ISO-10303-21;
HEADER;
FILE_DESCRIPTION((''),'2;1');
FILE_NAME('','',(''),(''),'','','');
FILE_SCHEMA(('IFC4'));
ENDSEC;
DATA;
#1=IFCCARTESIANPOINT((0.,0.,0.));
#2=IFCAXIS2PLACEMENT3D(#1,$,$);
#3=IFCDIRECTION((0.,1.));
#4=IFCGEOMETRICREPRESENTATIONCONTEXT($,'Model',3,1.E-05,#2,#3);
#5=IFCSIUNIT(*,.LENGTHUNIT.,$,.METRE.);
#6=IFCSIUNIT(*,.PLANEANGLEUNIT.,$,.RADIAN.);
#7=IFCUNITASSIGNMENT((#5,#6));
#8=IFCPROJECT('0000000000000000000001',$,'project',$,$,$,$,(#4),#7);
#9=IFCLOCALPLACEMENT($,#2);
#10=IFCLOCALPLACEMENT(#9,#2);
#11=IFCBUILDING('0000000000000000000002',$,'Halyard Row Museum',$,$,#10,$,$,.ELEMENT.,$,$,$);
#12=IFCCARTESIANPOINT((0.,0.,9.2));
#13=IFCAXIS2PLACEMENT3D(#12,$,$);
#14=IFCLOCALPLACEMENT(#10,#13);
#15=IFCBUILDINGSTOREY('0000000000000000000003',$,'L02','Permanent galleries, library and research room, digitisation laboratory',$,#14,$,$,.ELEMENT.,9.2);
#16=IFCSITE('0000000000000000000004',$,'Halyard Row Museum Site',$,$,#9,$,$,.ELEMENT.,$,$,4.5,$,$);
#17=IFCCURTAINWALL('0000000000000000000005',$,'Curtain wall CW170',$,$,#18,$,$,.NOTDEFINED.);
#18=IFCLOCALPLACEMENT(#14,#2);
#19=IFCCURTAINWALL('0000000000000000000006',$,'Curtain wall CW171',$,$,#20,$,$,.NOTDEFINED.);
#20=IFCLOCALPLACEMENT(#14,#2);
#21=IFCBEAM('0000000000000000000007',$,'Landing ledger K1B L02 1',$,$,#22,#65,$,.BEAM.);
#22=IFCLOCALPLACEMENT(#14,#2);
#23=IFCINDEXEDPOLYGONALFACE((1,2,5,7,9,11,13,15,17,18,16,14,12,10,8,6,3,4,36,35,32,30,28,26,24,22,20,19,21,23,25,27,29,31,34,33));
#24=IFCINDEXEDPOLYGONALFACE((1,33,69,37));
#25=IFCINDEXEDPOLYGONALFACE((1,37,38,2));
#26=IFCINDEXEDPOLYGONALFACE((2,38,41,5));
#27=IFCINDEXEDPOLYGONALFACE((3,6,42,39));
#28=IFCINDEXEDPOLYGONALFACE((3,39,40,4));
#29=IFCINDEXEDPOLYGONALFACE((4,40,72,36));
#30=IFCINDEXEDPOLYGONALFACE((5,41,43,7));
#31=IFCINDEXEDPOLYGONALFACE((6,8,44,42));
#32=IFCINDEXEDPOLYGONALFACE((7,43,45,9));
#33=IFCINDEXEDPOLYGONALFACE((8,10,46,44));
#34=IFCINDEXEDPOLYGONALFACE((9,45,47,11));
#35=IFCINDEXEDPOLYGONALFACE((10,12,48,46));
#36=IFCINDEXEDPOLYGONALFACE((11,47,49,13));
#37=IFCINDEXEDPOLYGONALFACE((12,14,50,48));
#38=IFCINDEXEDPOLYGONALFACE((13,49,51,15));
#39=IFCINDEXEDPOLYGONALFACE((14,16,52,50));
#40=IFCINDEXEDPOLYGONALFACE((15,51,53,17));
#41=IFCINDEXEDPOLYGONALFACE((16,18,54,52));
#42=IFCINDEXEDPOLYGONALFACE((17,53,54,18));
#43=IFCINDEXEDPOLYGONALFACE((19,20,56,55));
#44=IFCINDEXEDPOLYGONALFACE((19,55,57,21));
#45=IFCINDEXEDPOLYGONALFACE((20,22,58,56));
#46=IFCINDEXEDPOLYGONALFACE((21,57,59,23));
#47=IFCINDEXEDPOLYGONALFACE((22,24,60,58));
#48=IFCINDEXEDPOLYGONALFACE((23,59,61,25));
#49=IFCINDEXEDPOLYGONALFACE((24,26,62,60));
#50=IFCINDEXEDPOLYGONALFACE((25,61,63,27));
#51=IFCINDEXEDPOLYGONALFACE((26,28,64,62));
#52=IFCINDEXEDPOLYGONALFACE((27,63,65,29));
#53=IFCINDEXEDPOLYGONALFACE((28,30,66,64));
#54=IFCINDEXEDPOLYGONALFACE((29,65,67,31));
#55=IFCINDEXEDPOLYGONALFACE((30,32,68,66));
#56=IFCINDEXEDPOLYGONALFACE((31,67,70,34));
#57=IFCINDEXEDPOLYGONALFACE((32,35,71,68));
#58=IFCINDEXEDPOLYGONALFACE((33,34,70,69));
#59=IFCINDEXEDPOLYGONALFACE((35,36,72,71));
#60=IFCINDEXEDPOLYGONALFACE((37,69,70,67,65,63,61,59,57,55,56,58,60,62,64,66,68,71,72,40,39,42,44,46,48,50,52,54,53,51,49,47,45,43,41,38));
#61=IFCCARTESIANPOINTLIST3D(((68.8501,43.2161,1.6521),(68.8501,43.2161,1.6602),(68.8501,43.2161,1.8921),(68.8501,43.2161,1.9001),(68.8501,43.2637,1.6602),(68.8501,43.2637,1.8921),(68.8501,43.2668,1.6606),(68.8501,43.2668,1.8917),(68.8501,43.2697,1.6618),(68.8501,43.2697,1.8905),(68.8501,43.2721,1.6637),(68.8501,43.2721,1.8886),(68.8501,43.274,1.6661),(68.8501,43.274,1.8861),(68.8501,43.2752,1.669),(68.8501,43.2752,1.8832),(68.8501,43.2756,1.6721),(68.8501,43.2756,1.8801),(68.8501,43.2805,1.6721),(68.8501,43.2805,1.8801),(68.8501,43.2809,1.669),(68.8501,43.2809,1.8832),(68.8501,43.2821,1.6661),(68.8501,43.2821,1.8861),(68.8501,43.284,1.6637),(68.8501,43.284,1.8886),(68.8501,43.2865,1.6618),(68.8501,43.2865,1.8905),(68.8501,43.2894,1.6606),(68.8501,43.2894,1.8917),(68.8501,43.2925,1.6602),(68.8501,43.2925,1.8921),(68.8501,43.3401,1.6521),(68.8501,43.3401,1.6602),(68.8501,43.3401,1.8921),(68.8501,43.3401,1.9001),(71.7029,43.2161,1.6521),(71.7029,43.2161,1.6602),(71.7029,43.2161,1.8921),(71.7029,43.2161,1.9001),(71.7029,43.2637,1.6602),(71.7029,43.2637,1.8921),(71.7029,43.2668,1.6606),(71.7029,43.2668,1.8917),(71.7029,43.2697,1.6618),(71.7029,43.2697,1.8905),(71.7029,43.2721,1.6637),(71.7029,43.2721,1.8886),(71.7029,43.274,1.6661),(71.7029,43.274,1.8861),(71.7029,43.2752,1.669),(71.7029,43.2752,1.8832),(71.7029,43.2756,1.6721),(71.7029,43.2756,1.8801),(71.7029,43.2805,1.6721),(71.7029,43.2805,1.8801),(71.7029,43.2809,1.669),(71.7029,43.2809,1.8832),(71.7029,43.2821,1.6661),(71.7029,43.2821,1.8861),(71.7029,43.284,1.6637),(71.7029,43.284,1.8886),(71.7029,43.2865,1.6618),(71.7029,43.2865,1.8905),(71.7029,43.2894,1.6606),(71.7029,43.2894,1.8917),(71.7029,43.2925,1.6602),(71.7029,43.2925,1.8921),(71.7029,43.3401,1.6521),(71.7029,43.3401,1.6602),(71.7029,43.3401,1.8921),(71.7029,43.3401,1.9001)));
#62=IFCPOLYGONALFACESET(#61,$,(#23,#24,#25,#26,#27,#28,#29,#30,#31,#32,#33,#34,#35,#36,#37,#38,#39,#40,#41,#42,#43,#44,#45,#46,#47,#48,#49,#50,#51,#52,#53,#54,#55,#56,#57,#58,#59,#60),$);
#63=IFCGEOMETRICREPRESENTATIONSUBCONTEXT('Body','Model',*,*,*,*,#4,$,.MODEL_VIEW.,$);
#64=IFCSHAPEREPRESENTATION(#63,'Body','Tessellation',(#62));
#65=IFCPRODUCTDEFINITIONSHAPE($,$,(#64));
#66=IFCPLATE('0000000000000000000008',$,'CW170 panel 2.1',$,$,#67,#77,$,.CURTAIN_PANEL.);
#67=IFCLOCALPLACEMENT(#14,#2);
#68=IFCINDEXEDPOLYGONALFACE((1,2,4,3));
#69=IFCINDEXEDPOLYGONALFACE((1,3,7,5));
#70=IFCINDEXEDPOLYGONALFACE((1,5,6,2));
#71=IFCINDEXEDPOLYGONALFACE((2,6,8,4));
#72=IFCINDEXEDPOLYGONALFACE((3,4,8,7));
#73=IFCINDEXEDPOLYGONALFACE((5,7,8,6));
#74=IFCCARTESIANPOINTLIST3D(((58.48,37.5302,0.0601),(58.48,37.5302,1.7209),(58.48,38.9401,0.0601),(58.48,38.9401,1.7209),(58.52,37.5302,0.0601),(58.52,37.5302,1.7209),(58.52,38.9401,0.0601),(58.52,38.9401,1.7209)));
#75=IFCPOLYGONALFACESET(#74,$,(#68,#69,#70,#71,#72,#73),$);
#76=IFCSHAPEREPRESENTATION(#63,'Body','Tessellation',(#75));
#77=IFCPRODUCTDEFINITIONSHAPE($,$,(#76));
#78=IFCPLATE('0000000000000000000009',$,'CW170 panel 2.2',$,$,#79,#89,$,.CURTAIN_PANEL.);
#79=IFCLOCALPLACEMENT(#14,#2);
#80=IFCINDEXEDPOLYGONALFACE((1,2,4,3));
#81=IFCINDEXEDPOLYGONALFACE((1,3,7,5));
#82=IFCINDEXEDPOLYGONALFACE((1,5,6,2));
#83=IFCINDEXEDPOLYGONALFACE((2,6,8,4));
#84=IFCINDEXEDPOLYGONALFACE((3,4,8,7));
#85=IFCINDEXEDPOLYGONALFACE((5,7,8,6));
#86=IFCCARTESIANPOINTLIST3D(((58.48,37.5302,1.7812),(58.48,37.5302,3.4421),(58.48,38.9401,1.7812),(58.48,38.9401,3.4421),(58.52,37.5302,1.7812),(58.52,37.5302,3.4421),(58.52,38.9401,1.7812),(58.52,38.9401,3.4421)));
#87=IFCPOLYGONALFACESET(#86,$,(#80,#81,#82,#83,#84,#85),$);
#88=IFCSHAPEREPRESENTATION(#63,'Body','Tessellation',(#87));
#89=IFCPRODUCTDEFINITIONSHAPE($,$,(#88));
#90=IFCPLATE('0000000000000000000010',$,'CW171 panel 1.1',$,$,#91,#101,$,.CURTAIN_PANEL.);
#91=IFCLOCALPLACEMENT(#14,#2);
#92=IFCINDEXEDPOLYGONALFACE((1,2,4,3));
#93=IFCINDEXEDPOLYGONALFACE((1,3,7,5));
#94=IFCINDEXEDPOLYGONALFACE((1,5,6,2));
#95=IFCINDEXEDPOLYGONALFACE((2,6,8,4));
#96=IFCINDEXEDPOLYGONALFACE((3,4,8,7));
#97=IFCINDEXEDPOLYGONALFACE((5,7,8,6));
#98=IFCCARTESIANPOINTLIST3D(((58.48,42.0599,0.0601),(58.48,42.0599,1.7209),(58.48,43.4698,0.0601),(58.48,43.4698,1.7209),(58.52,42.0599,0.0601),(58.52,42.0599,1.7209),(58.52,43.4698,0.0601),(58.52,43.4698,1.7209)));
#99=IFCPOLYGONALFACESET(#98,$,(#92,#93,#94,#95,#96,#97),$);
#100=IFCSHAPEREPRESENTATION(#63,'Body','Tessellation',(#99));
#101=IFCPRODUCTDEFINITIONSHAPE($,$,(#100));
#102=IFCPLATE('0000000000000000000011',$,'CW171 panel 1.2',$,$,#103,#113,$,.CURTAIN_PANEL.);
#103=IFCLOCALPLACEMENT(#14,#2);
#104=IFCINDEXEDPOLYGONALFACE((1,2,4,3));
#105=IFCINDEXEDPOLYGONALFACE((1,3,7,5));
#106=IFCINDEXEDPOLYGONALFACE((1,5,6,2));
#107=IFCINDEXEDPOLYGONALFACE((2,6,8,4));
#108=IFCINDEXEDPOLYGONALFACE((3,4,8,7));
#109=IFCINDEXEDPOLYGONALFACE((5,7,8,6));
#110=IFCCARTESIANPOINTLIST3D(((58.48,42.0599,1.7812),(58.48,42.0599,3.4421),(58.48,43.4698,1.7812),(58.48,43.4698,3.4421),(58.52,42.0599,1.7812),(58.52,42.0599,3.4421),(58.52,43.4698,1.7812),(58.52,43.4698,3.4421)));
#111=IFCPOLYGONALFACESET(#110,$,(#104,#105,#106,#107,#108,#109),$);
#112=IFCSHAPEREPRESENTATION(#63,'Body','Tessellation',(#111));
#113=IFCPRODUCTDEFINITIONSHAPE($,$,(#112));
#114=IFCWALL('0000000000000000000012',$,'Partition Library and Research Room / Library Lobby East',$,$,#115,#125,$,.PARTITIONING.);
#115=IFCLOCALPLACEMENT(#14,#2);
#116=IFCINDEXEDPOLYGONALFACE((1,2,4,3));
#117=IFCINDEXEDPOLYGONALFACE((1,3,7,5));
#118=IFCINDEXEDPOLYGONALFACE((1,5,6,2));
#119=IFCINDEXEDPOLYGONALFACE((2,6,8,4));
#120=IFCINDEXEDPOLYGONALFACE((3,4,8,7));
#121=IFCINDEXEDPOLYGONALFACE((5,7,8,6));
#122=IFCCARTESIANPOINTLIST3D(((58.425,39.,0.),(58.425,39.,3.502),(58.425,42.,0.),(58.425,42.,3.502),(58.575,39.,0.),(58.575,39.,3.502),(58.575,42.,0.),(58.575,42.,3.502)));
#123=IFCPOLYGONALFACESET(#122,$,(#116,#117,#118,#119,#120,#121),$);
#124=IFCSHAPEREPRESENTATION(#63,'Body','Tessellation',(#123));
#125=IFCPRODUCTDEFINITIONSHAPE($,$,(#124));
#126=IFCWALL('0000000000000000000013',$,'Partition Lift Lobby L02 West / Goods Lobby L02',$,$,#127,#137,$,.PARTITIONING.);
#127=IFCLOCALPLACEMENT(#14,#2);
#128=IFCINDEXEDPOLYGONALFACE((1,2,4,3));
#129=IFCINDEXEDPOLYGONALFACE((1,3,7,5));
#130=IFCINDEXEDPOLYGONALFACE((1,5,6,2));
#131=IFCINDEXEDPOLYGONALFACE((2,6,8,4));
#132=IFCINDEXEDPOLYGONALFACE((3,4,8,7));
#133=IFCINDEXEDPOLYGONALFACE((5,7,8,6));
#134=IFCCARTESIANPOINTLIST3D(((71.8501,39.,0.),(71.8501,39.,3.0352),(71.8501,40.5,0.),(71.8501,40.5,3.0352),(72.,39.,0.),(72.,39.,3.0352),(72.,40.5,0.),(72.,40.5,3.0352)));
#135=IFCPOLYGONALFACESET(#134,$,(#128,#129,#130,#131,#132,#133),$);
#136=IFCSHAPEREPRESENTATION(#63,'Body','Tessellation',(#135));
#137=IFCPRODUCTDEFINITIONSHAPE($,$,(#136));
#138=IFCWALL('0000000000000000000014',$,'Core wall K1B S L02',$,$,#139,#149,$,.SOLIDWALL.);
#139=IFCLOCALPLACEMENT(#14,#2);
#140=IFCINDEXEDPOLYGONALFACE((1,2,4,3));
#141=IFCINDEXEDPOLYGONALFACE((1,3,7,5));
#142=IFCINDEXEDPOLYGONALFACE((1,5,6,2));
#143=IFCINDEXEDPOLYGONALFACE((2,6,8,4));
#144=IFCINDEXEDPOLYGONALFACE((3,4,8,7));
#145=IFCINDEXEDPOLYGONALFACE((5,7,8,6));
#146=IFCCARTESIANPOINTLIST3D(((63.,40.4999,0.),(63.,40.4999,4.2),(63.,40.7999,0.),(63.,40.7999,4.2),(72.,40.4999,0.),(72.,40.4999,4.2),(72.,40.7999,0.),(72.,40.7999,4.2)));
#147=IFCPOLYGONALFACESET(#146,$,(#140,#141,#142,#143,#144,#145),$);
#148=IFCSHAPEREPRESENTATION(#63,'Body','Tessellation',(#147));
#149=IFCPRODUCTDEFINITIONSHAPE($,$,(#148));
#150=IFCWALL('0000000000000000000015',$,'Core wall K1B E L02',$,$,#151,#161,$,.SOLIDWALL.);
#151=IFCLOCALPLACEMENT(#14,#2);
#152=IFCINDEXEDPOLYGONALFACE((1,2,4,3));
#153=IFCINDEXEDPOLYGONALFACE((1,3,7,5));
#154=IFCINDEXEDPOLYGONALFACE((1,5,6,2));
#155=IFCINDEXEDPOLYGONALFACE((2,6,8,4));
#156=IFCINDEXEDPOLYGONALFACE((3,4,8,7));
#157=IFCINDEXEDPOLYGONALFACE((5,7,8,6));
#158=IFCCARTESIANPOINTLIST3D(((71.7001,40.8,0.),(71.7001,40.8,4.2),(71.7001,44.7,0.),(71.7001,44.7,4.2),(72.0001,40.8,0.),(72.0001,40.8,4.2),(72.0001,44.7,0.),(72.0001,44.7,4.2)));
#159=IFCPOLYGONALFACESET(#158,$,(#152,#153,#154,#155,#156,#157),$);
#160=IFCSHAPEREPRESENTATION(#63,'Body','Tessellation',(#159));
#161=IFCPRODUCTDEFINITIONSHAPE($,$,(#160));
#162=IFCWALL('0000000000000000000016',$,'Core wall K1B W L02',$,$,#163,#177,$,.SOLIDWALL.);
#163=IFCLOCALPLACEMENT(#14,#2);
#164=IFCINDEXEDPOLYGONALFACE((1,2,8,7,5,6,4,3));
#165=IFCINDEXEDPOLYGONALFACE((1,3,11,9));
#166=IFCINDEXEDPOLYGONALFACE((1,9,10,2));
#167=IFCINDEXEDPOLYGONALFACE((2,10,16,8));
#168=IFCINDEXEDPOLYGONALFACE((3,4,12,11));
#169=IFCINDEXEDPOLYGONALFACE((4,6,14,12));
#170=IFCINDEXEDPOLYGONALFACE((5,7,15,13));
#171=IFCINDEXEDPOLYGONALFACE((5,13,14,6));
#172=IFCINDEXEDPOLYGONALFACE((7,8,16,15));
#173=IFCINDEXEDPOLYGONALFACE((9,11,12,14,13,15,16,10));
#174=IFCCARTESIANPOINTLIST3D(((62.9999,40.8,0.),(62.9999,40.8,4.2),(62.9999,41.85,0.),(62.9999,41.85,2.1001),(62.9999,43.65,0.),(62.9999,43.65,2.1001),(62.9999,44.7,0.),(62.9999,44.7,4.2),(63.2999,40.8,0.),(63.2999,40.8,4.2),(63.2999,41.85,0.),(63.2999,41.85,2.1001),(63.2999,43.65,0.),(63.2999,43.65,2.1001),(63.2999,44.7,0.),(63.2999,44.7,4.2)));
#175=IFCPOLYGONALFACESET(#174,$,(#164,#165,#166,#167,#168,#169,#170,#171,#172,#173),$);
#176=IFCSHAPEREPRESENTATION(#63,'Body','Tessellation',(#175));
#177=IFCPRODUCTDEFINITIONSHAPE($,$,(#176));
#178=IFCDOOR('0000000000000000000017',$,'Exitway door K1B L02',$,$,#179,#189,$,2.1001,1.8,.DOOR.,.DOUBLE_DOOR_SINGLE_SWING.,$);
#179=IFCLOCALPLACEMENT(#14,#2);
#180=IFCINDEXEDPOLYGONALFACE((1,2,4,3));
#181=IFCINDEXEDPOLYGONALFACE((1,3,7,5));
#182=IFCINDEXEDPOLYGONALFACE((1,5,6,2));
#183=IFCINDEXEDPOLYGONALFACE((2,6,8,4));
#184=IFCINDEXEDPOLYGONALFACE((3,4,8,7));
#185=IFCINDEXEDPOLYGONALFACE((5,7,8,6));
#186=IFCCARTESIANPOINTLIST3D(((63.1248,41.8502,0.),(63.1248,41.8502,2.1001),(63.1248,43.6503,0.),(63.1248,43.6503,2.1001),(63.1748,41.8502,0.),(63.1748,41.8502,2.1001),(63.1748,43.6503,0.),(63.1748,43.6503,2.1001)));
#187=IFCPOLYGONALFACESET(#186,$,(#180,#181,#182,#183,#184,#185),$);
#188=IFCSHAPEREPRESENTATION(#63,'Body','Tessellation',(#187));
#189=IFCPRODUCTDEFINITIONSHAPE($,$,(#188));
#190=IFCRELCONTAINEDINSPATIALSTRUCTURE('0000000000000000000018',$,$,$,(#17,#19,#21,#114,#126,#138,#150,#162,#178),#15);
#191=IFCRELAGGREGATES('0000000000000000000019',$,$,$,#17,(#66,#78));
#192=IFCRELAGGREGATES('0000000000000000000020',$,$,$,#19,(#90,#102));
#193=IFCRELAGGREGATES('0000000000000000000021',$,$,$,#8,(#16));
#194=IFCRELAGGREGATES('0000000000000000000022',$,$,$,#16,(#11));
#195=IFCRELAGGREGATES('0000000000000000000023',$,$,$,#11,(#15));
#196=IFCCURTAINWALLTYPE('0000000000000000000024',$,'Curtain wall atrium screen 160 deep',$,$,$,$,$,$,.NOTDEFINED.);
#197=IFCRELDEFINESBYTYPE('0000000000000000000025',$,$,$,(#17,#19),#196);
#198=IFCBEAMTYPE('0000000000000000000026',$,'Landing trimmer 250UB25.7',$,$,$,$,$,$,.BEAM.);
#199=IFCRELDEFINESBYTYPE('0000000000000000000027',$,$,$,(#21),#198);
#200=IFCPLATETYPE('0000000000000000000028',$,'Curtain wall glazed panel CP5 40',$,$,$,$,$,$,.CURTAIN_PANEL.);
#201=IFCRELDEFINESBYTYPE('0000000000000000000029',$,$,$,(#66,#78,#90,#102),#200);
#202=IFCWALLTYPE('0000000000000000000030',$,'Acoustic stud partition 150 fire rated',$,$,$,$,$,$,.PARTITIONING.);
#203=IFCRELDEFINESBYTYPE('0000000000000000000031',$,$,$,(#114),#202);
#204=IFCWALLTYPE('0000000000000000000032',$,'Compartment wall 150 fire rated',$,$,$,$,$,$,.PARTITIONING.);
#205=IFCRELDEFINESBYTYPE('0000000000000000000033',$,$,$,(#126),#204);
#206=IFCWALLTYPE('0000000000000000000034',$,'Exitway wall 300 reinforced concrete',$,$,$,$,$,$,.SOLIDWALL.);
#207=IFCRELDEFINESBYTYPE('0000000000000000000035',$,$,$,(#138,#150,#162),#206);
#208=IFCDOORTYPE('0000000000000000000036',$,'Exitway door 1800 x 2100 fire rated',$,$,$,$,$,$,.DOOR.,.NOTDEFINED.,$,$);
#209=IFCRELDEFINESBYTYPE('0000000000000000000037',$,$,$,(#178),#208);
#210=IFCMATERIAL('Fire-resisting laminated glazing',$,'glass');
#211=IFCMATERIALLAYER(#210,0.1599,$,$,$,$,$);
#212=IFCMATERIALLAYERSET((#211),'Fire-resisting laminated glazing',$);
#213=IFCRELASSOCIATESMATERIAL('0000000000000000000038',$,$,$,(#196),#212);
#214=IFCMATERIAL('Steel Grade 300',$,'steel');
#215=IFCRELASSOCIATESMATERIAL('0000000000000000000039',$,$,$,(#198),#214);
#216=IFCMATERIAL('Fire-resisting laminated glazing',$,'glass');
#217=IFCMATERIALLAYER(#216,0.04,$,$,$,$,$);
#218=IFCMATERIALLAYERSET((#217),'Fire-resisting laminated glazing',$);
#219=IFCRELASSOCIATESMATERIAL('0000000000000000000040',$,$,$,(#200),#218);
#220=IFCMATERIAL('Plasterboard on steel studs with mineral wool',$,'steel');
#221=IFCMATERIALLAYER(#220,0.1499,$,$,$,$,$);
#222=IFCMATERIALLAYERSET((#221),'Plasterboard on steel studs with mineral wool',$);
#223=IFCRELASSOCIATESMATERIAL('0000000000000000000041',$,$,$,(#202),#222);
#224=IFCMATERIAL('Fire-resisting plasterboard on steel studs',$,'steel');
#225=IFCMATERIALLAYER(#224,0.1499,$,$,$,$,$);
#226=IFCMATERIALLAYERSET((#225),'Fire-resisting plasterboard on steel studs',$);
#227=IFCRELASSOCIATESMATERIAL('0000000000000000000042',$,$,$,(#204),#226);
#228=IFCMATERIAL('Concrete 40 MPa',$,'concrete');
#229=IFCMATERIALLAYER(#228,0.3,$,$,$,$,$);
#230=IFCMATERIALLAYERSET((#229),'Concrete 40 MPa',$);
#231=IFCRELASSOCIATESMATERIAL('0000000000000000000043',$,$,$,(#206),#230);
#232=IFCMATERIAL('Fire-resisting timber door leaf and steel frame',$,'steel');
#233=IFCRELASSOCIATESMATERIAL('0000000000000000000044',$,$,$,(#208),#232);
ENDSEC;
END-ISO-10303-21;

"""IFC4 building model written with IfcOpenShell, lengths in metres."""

from ifc_helpers import new_model, si_unit, direction, frame, frame_2d, origin, origin_2d, place, context, subcontext, project, spatial, rectangle, i_section, extrude, material, layer, layer_set, material_profile, profile_set, type_object, element, fill, aggregate, save


model = new_model("IFC4")

# Units and contexts
model_context = context("Model", 3, precision=1e-05, world=origin(), true_north=direction((0.0, 1.0)))
body_context = subcontext(model_context, "Body", "Model", "MODEL_VIEW")
ifc_project = project(units=[si_unit("LENGTHUNIT", "METRE"), si_unit("PLANEANGLEUNIT", "RADIAN")], contexts=[model_context])

# Site, building, storey
site_placement = place(None, origin())
site = spatial("IfcSite", under=ifc_project, at=site_placement, Name="Halyard Row Museum Site", CompositionType="ELEMENT", RefElevation=4.5)
building_placement = place(site_placement, origin())
building = spatial("IfcBuilding", under=site, at=building_placement, Name="Halyard Row Museum", CompositionType="ELEMENT")
storey_placement = place(building_placement, frame((0.0, 0.0, 9.2)))
storey = spatial("IfcBuildingStorey", under=building, at=storey_placement, Name="L02", Description="Permanent galleries, library and research room, digitisation laboratory", CompositionType="ELEMENT", Elevation=9.2)

# Curtain walls
ifc_material_1 = material(Name="Fire-resisting laminated glazing", Category="glass")
ifc_layer_1 = layer(ifc_material_1, 0.1599)
ifc_layer_set_1 = layer_set([ifc_layer_1], Name="Fire-resisting laminated glazing")
curtain_wall_type = type_object("IfcCurtainWallType", Name="Curtain wall atrium screen 160 deep", PredefinedType="NOTDEFINED", material=ifc_layer_set_1)
curtain_wall_1_placement = place(storey_placement, origin())
curtain_wall_1 = element("IfcCurtainWall", 1, at=curtain_wall_1_placement, inside=storey, type_object=curtain_wall_type, Name="Curtain wall CW170", PredefinedType="NOTDEFINED")
curtain_wall_2_placement = place(storey_placement, origin())
curtain_wall_2 = element("IfcCurtainWall", 2, at=curtain_wall_2_placement, inside=storey, type_object=curtain_wall_type, Name="Curtain wall CW171", PredefinedType="NOTDEFINED")

# Beam
ifc_material_2 = material(Name="Steel Grade 300", Category="steel")
ifc_material_profile_1 = material_profile(ifc_material_2, i_section(OverallWidth=0.124, OverallDepth=0.248, WebThickness=0.0049, FlangeThickness=0.0081, FilletRadius=0.012, at=origin_2d()), Name="250UB25.7")
ifc_profile_set_1 = profile_set([ifc_material_profile_1], Name="Steel Grade 300")
beam_type = type_object("IfcBeamType", Name="Landing trimmer 250UB25.7", PredefinedType="BEAM", material=ifc_profile_set_1)
beam_placement = place(storey_placement, frame((71.7029, 43.2781, 1.7761), z_axis=(-1.0, 0.0, 0.0), x_axis=(0.0, -1.0, 0.0)))
element("IfcBeam", 3, at=beam_placement, inside=storey, type_object=beam_type, Name="Landing ledger K1B L02 1", PredefinedType="BEAM", context=body_context, shape_type="SweptSolid", body=[
    extrude(i_section(OverallWidth=0.124, OverallDepth=0.248, WebThickness=0.0049, FlangeThickness=0.0081, FilletRadius=0.012, at=origin_2d()), origin(), (0.0, 0.0, 1.0), 2.8528),
])

# Plates
ifc_material_3 = material(Name="Fire-resisting laminated glazing", Category="glass")
ifc_layer_2 = layer(ifc_material_3, 0.04)
ifc_layer_set_2 = layer_set([ifc_layer_2], Name="Fire-resisting laminated glazing")
plate_type = type_object("IfcPlateType", Name="Curtain wall glazed panel CP5 40", PredefinedType="CURTAIN_PANEL", material=ifc_layer_set_2)
plate_1_placement = place(storey_placement, frame((58.5, 38.2351, 0.0601), z_axis=(0.0, 0.0, 1.0), x_axis=(0.0, 1.0, 0.0)))
plate_1 = element("IfcPlate", 4, at=plate_1_placement, type_object=plate_type, Name="CW170 panel 2.1", PredefinedType="CURTAIN_PANEL", context=body_context, shape_type="SweptSolid", body=[
    extrude(rectangle(XDim=1.4099, YDim=0.04, at=origin_2d()), origin(), (0.0, 0.0, 1.0), 1.6609),
])
plate_2_placement = place(storey_placement, frame((58.5, 38.2351, 1.7812), z_axis=(0.0, 0.0, 1.0), x_axis=(0.0, 1.0, 0.0)))
plate_2 = element("IfcPlate", 5, at=plate_2_placement, type_object=plate_type, Name="CW170 panel 2.2", PredefinedType="CURTAIN_PANEL", context=body_context, shape_type="SweptSolid", body=[
    extrude(rectangle(XDim=1.4099, YDim=0.04, at=origin_2d()), origin(), (0.0, 0.0, 1.0), 1.6609),
])
aggregate(curtain_wall_1, [plate_1, plate_2])
plate_3_placement = place(storey_placement, frame((58.5, 42.7649, 0.0601), z_axis=(0.0, 0.0, 1.0), x_axis=(0.0, 1.0, 0.0)))
plate_3 = element("IfcPlate", 6, at=plate_3_placement, type_object=plate_type, Name="CW171 panel 1.1", PredefinedType="CURTAIN_PANEL", context=body_context, shape_type="SweptSolid", body=[
    extrude(rectangle(XDim=1.4099, YDim=0.04, at=origin_2d()), origin(), (0.0, 0.0, 1.0), 1.6609),
])
plate_4_placement = place(storey_placement, frame((58.5, 42.7649, 1.7812), z_axis=(0.0, 0.0, 1.0), x_axis=(0.0, 1.0, 0.0)))
plate_4 = element("IfcPlate", 7, at=plate_4_placement, type_object=plate_type, Name="CW171 panel 1.2", PredefinedType="CURTAIN_PANEL", context=body_context, shape_type="SweptSolid", body=[
    extrude(rectangle(XDim=1.4099, YDim=0.04, at=origin_2d()), origin(), (0.0, 0.0, 1.0), 1.6609),
])
aggregate(curtain_wall_2, [plate_3, plate_4])

# Walls
ifc_material_4 = material(Name="Plasterboard on steel studs with mineral wool", Category="steel")
ifc_layer_3 = layer(ifc_material_4, 0.1499)
ifc_layer_set_3 = layer_set([ifc_layer_3], Name="Plasterboard on steel studs with mineral wool")
wall_type_1 = type_object("IfcWallType", Name="Acoustic stud partition 150 fire rated", PredefinedType="PARTITIONING", material=ifc_layer_set_3)
wall_1_placement = place(storey_placement, frame((58.5, 39.0, 0.0), z_axis=(0.0, 0.0, 1.0), x_axis=(0.0, 1.0, 0.0)))
element("IfcWall", 8, at=wall_1_placement, inside=storey, type_object=wall_type_1, Name="Partition Library and Research Room / Library Lobby East", PredefinedType="PARTITIONING", context=body_context, shape_type="SweptSolid", body=[
    extrude(rectangle(XDim=3.0, YDim=0.1499, at=frame_2d((1.5, 0.0))), origin(), (0.0, 0.0, 1.0), 3.502),
])
ifc_material_5 = material(Name="Fire-resisting plasterboard on steel studs", Category="steel")
ifc_layer_4 = layer(ifc_material_5, 0.1499)
ifc_layer_set_4 = layer_set([ifc_layer_4], Name="Fire-resisting plasterboard on steel studs")
wall_type_2 = type_object("IfcWallType", Name="Compartment wall 150 fire rated", PredefinedType="PARTITIONING", material=ifc_layer_set_4)
wall_2_placement = place(storey_placement, frame((71.925, 39.0, 0.0), z_axis=(0.0, 0.0, 1.0), x_axis=(0.0, 1.0, 0.0)))
element("IfcWall", 9, at=wall_2_placement, inside=storey, type_object=wall_type_2, Name="Partition Lift Lobby L02 West / Goods Lobby L02", PredefinedType="PARTITIONING", context=body_context, shape_type="SweptSolid", body=[
    extrude(rectangle(XDim=1.5, YDim=0.1499, at=frame_2d((0.75, 0.0))), origin(), (0.0, 0.0, 1.0), 3.0352),
])
ifc_material_6 = material(Name="Concrete 40 MPa", Category="concrete")
ifc_layer_5 = layer(ifc_material_6, 0.3)
ifc_layer_set_5 = layer_set([ifc_layer_5], Name="Concrete 40 MPa")
wall_type_3 = type_object("IfcWallType", Name="Exitway wall 300 reinforced concrete", PredefinedType="SOLIDWALL", material=ifc_layer_set_5)
wall_3_placement = place(storey_placement, frame((63.0, 40.6499, 0.0), z_axis=(0.0, 0.0, 1.0), x_axis=(1.0, 0.0, 0.0)))
element("IfcWall", 10, at=wall_3_placement, inside=storey, type_object=wall_type_3, Name="Core wall K1B S L02", PredefinedType="SOLIDWALL", context=body_context, shape_type="SweptSolid", body=[
    extrude(rectangle(XDim=9.0, YDim=0.3, at=frame_2d((4.5, 0.0))), origin(), (0.0, 0.0, 1.0), 4.2),
])
wall_4_placement = place(storey_placement, frame((71.8501, 40.8, 0.0), z_axis=(0.0, 0.0, 1.0), x_axis=(0.0, 1.0, 0.0)))
element("IfcWall", 11, at=wall_4_placement, inside=storey, type_object=wall_type_3, Name="Core wall K1B E L02", PredefinedType="SOLIDWALL", context=body_context, shape_type="SweptSolid", body=[
    extrude(rectangle(XDim=3.8999, YDim=0.3, at=frame_2d((1.95, 0.0))), origin(), (0.0, 0.0, 1.0), 4.2),
])

# Wall, opening, door
wall_5_placement = place(storey_placement, frame((63.1499, 40.8, 0.0), z_axis=(0.0, 0.0, 1.0), x_axis=(0.0, 1.0, 0.0)))
wall_5 = element("IfcWall", 12, at=wall_5_placement, inside=storey, type_object=wall_type_3, Name="Core wall K1B W L02", PredefinedType="SOLIDWALL", context=body_context, shape_type="SweptSolid", body=[
    extrude(rectangle(XDim=3.8999, YDim=0.3, at=frame_2d((1.95, 0.0))), origin(), (0.0, 0.0, 1.0), 4.2),
])
opening_1_placement = place(wall_5_placement, frame((1.05, 0.0, 0.0)))
opening_1 = element("IfcOpeningElement", 13, at=opening_1_placement, cuts=wall_5, PredefinedType="OPENING", context=body_context, shape_type="SweptSolid", body=[
    extrude(rectangle(XDim=1.8, YDim=2.1001, at=frame_2d((0.8999, 1.05))), frame((0.0, 0.1599, 0.0), z_axis=(0.0, -1.0, 0.0), x_axis=(1.0, 0.0, 0.0)), (0.0, 0.0, 1.0), 0.3201),
])
ifc_material_7 = material(Name="Fire-resisting timber door leaf and steel frame", Category="steel")
door_type_1 = type_object("IfcDoorType", Name="Exitway door 1800 x 2100 fire rated", OperationType="NOTDEFINED", PredefinedType="DOOR", material=ifc_material_7)
door_1_placement = place(opening_1_placement, frame((1.8, 0.0, 0.0), z_axis=(0.0, 0.0, 1.0), x_axis=(-1.0, 0.0, 0.0)))
door_1 = element("IfcDoor", 14, at=door_1_placement, inside=storey, type_object=door_type_1, Name="Exitway door K1B L02", OperationType="DOUBLE_DOOR_SINGLE_SWING", OverallHeight=2.1001, OverallWidth=1.8, PredefinedType="DOOR", context=body_context, shape_type="SweptSolid", body=[
    extrude(rectangle(XDim=1.8, YDim=2.1001, at=frame_2d((0.8999, 1.05))), frame((0.0, 0.0249, 0.0), z_axis=(0.0, -1.0, 0.0), x_axis=(1.0, 0.0, 0.0)), (0.0, 0.0, 1.0), 0.05),
])
fill(opening_1, door_1)

save(model, "model.ifc")
